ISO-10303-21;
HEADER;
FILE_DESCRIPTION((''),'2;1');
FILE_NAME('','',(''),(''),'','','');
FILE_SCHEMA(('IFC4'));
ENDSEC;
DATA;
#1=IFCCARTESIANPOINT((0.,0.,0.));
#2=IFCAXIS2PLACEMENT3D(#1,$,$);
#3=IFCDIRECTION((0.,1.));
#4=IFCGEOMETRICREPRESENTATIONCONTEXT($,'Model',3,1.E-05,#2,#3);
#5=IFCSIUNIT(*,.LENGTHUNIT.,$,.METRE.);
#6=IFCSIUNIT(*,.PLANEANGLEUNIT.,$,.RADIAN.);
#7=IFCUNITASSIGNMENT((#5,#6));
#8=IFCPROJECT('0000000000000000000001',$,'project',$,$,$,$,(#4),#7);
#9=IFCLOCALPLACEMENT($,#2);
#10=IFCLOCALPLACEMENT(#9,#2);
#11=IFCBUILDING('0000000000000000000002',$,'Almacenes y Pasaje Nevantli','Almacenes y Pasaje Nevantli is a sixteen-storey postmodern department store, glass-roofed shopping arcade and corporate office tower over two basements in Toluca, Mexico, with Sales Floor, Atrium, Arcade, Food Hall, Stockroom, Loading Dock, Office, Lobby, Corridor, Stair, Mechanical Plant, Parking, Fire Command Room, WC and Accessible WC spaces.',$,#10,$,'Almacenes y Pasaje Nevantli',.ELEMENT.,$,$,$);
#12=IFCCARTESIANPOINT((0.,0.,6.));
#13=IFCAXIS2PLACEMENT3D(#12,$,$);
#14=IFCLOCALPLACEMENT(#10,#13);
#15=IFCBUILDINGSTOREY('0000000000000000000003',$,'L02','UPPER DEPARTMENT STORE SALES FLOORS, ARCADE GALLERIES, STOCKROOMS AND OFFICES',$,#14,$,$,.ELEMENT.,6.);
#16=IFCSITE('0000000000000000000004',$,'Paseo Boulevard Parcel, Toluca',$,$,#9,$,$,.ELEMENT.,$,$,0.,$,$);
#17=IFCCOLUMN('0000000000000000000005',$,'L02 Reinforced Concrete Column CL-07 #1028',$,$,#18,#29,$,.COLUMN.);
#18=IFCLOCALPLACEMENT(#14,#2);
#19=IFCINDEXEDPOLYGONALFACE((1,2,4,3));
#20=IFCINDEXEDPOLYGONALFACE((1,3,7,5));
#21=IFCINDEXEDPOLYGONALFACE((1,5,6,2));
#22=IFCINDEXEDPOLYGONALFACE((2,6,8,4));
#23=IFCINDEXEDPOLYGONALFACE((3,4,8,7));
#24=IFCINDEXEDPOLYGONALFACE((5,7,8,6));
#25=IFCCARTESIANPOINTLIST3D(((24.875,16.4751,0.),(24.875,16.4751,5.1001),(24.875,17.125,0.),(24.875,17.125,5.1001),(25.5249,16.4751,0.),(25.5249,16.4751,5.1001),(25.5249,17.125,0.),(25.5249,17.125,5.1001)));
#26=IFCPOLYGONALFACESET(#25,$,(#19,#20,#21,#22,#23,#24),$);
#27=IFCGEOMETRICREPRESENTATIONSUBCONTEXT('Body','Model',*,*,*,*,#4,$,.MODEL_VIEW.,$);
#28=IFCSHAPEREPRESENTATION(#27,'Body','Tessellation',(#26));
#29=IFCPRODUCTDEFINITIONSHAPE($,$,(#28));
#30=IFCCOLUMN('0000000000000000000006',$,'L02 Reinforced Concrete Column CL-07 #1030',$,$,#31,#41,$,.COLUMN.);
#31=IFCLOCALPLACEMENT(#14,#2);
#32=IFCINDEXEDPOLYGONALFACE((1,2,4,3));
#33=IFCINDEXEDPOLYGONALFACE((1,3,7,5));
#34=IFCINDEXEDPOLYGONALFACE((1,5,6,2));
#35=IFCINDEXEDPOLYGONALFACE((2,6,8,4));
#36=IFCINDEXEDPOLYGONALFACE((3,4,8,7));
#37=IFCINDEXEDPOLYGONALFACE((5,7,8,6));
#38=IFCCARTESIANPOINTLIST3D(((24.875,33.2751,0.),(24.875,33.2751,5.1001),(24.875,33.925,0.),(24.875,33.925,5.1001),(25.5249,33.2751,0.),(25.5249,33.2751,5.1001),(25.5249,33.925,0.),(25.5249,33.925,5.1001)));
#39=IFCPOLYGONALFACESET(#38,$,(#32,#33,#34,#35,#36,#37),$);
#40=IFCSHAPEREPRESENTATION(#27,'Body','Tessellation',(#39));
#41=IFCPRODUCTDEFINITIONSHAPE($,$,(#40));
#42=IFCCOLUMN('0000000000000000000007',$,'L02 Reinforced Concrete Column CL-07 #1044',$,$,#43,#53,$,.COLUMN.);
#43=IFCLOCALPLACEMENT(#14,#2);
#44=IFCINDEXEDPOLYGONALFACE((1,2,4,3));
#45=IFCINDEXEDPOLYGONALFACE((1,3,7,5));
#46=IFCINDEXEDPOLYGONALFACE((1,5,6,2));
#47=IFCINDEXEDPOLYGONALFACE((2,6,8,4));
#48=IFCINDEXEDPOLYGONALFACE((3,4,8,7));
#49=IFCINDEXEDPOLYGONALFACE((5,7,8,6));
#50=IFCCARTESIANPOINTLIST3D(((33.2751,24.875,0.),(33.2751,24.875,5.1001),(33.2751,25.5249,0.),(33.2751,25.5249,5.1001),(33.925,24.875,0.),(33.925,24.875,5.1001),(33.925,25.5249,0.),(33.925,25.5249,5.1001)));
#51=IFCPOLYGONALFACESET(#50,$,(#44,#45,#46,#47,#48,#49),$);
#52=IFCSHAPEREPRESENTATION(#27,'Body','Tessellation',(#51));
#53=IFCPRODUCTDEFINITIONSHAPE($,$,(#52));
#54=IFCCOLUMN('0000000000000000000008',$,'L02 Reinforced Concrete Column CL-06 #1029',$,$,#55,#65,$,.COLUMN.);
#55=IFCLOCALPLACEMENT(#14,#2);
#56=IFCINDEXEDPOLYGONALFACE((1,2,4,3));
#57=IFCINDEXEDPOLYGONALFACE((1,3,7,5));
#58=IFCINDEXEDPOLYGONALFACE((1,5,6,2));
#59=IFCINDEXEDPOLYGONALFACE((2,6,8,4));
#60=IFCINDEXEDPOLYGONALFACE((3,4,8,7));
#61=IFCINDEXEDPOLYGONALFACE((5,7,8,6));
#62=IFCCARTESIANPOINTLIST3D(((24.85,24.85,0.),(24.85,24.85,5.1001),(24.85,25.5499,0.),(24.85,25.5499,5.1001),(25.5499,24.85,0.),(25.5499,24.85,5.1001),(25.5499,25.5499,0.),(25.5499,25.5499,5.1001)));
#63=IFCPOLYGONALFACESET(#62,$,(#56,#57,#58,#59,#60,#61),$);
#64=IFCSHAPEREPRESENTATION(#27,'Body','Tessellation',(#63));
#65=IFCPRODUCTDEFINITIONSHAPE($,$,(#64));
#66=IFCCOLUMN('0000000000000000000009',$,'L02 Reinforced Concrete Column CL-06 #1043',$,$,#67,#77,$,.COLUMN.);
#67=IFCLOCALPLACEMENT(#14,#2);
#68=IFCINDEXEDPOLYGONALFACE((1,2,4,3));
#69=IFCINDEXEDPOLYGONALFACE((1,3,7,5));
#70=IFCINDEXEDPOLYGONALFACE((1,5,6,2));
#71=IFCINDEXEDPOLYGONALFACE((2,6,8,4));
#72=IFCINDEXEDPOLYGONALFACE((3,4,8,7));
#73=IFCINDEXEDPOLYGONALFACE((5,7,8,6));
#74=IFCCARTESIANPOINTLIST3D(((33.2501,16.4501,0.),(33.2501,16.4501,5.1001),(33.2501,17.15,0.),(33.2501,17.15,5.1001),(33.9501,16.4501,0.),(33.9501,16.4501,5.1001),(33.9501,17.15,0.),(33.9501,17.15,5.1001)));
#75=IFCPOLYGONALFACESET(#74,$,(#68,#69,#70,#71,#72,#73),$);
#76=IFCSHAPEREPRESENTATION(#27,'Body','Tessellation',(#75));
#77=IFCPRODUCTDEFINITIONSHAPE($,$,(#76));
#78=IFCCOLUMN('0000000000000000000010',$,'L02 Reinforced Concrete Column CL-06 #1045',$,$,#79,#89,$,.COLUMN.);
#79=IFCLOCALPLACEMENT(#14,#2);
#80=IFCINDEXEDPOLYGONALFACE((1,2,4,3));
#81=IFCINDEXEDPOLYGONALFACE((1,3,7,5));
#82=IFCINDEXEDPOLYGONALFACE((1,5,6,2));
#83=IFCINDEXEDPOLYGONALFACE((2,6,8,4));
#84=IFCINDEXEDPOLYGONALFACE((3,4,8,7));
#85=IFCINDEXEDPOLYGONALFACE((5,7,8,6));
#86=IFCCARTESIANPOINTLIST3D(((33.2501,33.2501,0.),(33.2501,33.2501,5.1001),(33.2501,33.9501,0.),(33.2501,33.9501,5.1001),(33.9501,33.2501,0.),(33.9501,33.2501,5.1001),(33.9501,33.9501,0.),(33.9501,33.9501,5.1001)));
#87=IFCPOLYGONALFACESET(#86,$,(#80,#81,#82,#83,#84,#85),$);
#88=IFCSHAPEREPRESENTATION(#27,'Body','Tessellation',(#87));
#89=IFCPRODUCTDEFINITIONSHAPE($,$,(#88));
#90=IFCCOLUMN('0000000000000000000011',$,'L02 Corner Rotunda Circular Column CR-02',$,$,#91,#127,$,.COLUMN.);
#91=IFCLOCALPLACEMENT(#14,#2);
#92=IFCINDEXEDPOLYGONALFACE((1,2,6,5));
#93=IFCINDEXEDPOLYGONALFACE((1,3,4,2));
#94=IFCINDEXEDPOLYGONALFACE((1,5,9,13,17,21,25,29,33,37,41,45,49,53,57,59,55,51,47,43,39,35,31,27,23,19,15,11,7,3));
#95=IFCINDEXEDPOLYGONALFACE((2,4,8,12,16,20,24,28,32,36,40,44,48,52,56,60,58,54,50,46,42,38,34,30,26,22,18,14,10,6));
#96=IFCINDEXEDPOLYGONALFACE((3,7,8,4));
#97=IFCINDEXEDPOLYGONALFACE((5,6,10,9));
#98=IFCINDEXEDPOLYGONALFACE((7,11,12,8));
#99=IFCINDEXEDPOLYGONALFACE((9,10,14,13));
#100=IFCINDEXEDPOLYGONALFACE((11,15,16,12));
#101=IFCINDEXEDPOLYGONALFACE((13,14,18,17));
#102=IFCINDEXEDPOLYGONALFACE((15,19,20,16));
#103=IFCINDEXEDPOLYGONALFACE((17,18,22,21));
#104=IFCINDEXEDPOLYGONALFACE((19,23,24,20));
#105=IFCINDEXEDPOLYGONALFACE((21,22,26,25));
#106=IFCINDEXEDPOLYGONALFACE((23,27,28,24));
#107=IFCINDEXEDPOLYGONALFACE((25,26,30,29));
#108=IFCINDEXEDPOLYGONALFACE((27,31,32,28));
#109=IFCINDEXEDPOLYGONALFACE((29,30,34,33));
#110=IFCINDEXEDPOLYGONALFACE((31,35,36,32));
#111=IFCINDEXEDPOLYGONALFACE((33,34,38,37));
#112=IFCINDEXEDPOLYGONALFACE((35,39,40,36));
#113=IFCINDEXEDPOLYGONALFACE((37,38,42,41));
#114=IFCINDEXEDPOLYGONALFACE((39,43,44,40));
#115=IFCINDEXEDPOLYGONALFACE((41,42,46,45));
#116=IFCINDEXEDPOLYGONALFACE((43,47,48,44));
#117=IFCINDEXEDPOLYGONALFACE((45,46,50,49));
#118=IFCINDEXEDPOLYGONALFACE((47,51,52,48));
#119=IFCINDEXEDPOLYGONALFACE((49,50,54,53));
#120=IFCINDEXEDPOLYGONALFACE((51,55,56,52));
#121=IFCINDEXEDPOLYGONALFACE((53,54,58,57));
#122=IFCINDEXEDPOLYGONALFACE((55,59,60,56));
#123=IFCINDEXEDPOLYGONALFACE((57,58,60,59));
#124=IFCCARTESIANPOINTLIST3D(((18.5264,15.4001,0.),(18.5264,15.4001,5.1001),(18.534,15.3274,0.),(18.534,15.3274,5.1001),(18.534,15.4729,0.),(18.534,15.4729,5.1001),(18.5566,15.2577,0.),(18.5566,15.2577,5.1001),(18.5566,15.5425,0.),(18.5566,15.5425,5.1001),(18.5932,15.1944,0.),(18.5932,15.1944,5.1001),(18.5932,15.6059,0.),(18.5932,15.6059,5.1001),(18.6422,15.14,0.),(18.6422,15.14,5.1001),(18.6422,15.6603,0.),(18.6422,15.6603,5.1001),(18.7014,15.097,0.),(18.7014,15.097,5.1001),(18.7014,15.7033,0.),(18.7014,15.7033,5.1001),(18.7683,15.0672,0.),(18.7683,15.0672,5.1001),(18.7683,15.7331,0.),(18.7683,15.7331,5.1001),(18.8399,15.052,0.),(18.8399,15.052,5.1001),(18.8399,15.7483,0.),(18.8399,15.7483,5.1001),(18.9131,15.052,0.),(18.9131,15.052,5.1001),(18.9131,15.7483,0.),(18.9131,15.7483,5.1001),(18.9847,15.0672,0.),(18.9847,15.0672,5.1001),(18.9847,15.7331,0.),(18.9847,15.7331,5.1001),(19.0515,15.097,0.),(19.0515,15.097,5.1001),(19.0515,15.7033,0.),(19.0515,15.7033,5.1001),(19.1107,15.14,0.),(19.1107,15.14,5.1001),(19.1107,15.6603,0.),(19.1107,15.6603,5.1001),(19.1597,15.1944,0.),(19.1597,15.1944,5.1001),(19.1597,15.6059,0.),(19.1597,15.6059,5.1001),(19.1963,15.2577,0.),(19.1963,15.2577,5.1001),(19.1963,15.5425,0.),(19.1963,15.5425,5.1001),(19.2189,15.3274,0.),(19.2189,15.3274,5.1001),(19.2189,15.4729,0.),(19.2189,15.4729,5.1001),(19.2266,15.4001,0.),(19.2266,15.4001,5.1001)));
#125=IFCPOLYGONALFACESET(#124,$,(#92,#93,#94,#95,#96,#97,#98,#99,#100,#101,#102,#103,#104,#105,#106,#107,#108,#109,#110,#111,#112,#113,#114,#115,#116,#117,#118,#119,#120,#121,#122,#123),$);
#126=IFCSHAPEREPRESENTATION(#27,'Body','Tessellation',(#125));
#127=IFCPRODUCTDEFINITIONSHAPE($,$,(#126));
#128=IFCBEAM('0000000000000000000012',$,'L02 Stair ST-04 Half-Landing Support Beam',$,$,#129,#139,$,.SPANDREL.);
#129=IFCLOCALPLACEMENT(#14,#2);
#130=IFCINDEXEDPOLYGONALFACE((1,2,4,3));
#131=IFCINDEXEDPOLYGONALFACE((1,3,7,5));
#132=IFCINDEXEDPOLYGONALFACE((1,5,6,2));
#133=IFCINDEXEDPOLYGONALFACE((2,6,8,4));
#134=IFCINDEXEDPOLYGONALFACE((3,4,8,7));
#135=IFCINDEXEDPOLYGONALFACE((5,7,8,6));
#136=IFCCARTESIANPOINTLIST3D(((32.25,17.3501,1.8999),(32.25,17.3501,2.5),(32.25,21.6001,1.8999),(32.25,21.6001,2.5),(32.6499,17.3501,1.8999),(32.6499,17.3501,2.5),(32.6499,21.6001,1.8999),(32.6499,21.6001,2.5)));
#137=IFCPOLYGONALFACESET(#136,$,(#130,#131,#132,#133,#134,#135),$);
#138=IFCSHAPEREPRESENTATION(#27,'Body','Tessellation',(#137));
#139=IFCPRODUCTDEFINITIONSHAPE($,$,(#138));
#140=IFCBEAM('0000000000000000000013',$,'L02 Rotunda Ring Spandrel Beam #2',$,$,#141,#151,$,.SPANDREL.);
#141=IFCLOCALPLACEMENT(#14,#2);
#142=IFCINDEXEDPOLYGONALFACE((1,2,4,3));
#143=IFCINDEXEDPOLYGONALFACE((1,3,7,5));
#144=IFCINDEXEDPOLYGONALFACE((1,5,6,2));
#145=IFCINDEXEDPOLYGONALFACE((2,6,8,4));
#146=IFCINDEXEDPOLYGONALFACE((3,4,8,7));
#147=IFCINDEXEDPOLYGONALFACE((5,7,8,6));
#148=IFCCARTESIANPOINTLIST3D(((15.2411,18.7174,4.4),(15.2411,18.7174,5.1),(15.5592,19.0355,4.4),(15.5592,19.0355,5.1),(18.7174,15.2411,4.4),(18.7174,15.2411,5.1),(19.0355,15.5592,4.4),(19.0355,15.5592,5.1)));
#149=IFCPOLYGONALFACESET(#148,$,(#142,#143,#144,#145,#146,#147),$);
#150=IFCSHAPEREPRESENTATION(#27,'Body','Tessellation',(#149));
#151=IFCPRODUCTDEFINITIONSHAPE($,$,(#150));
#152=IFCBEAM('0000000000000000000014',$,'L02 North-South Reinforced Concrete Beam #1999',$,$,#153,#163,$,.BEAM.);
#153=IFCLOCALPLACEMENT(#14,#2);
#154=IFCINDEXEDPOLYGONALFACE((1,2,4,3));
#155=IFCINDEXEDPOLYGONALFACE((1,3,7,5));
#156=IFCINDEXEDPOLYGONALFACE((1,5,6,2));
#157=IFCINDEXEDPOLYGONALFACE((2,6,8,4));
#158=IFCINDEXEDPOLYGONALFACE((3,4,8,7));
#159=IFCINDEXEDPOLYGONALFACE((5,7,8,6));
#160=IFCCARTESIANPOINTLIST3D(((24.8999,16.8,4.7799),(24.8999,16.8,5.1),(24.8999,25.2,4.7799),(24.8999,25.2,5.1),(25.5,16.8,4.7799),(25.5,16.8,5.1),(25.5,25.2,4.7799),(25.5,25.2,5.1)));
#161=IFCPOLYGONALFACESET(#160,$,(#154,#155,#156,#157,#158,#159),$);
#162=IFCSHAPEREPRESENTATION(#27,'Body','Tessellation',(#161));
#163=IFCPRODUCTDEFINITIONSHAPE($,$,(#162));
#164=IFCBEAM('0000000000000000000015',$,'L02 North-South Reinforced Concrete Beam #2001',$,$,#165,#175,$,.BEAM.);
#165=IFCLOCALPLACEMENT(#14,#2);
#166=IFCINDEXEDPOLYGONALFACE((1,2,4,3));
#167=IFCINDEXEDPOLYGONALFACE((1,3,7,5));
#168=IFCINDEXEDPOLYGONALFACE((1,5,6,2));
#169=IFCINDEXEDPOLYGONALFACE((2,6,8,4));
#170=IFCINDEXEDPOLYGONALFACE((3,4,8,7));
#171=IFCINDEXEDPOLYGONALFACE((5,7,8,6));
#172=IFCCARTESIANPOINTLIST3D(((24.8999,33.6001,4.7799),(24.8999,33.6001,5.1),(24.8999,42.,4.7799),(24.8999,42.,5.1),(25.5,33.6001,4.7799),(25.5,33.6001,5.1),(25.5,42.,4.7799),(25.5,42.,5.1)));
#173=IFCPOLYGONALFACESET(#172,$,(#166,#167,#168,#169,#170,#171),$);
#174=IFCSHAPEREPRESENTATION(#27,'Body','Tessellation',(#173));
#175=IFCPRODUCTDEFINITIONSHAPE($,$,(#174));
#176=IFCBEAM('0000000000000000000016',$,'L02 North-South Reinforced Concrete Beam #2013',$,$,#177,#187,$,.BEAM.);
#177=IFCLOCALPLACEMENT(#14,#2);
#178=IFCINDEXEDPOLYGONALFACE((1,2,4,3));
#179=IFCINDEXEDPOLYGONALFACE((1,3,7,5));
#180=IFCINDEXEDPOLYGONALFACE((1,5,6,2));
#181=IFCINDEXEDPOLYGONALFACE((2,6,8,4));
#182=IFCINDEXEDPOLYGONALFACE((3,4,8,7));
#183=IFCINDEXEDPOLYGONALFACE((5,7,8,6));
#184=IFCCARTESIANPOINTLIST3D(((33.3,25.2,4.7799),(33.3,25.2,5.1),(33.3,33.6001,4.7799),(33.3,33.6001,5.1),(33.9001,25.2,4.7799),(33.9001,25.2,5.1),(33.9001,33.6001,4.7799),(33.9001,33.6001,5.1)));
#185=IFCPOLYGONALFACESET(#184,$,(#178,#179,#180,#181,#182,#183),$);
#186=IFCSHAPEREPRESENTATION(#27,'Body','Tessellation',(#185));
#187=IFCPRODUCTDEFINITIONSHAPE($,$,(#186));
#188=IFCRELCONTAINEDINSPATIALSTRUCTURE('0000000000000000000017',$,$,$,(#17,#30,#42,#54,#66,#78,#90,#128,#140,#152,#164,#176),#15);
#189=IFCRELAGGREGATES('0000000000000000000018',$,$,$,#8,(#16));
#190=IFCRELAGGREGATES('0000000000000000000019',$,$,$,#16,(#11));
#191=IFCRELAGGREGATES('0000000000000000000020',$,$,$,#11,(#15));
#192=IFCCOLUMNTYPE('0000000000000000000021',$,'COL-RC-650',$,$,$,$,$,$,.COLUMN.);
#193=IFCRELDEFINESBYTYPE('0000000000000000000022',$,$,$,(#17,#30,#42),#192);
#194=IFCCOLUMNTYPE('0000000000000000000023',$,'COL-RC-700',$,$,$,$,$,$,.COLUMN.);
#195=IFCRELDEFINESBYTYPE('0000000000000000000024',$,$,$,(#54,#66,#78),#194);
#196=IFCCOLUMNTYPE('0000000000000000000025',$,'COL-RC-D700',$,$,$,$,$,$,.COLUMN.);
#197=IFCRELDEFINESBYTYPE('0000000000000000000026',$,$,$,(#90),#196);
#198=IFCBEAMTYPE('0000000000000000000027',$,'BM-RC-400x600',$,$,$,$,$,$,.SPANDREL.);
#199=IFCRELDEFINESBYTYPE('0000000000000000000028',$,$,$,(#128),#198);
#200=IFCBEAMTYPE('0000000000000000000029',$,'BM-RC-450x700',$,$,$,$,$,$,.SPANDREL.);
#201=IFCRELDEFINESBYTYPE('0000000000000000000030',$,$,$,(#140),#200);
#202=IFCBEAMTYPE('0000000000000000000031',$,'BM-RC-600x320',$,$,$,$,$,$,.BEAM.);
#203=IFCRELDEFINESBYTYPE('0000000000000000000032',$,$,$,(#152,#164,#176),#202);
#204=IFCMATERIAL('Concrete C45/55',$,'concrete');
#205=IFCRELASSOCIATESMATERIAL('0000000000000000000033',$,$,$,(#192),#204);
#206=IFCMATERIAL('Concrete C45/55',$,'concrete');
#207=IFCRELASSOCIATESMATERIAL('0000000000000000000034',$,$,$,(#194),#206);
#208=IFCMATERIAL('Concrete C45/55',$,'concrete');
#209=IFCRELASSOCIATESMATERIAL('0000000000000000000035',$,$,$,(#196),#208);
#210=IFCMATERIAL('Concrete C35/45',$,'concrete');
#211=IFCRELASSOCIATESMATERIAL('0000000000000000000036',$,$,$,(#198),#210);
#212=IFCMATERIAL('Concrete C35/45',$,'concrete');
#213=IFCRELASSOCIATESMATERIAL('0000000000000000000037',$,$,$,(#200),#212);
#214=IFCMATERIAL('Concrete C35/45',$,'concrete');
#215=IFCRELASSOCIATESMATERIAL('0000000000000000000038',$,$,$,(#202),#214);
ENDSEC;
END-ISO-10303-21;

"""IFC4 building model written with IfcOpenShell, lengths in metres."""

from ifc_helpers import new_model, si_unit, direction, frame, origin, origin_2d, place, context, subcontext, project, spatial, rectangle, circle, extrude, material, material_profile, profile_set, type_object, element, save


model = new_model("IFC4")

# Units and contexts
model_context = context("Model", 3, precision=1e-05, world=origin(), true_north=direction((0.0, 1.0)))
body_context = subcontext(model_context, "Body", "Model", "MODEL_VIEW")
ifc_project = project(units=[si_unit("LENGTHUNIT", "METRE"), si_unit("PLANEANGLEUNIT", "RADIAN")], contexts=[model_context])

# Site, building, storey
site_placement = place(None, origin())
site = spatial("IfcSite", under=ifc_project, at=site_placement, Name="Paseo Boulevard Parcel, Toluca", CompositionType="ELEMENT", RefElevation=0.0)
building_placement = place(site_placement, origin())
building = spatial("IfcBuilding", under=site, at=building_placement, Name="Almacenes y Pasaje Nevantli", Description="Almacenes y Pasaje Nevantli is a sixteen-storey postmodern department store, glass-roofed shopping arcade and corporate office tower over two basements in Toluca, Mexico, with Sales Floor, Atrium, Arcade, Food Hall, Stockroom, Loading Dock, Office, Lobby, Corridor, Stair, Mechanical Plant, Parking, Fire Command Room, WC and Accessible WC spaces.", LongName="Almacenes y Pasaje Nevantli", CompositionType="ELEMENT")
storey_placement = place(building_placement, frame((0.0, 0.0, 6.0)))
storey = spatial("IfcBuildingStorey", under=building, at=storey_placement, Name="L02", Description="UPPER DEPARTMENT STORE SALES FLOORS, ARCADE GALLERIES, STOCKROOMS AND OFFICES", CompositionType="ELEMENT", Elevation=6.0)

# Columns
ifc_material_1 = material(Name="Concrete C45/55", Category="concrete")
ifc_material_profile_1 = material_profile(ifc_material_1, rectangle(XDim=0.6499, YDim=0.6499, at=origin_2d()), Name="RC-COL-650x650")
ifc_profile_set_1 = profile_set([ifc_material_profile_1], Name="Concrete C45/55")
column_type_1 = type_object("IfcColumnType", Name="COL-RC-650", PredefinedType="COLUMN", material=ifc_profile_set_1)
for number, where, z_axis, x_axis, name in (
    (1, (25.2, 16.8, 0.0), (0.0, 0.0, 1.0), (1.0, 0.0, 0.0), "L02 Reinforced Concrete Column CL-07 #1028"),
    (2, (25.2, 33.6001, 0.0), (0.0, 0.0, 1.0), (1.0, 0.0, 0.0), "L02 Reinforced Concrete Column CL-07 #1030"),
    (3, (33.6001, 25.2, 0.0), (0.0, 0.0, 1.0), (1.0, 0.0, 0.0), "L02 Reinforced Concrete Column CL-07 #1044"),
):
    element("IfcColumn", number, at=place(storey_placement, frame(where, z_axis=z_axis, x_axis=x_axis)), inside=storey, type_object=column_type_1, Name=name, PredefinedType="COLUMN", context=body_context, shape_type="SweptSolid", body=[
        extrude(rectangle(XDim=0.6499, YDim=0.6499, at=origin_2d()), origin(), (0.0, 0.0, 1.0), 5.1001),
    ])
ifc_material_2 = material(Name="Concrete C45/55", Category="concrete")
ifc_material_profile_2 = material_profile(ifc_material_2, rectangle(XDim=0.7, YDim=0.7, at=origin_2d()), Name="RC-COL-700x700")
ifc_profile_set_2 = profile_set([ifc_material_profile_2], Name="Concrete C45/55")
column_type_2 = type_object("IfcColumnType", Name="COL-RC-700", PredefinedType="COLUMN", material=ifc_profile_set_2)
for number, where, z_axis, x_axis, name in (
    (4, (25.2, 25.2, 0.0), (0.0, 0.0, 1.0), (1.0, 0.0, 0.0), "L02 Reinforced Concrete Column CL-06 #1029"),
    (5, (33.6001, 16.8, 0.0), (0.0, 0.0, 1.0), (1.0, 0.0, 0.0), "L02 Reinforced Concrete Column CL-06 #1043"),
    (6, (33.6001, 33.6001, 0.0), (0.0, 0.0, 1.0), (1.0, 0.0, 0.0), "L02 Reinforced Concrete Column CL-06 #1045"),
):
    element("IfcColumn", number, at=place(storey_placement, frame(where, z_axis=z_axis, x_axis=x_axis)), inside=storey, type_object=column_type_2, Name=name, PredefinedType="COLUMN", context=body_context, shape_type="SweptSolid", body=[
        extrude(rectangle(XDim=0.7, YDim=0.7, at=origin_2d()), origin(), (0.0, 0.0, 1.0), 5.1001),
    ])
ifc_material_3 = material(Name="Concrete C45/55", Category="concrete")
ifc_material_profile_3 = material_profile(ifc_material_3, circle(Radius=0.3501, at=origin_2d()), Name="RC-COL-D700")
ifc_profile_set_3 = profile_set([ifc_material_profile_3], Name="Concrete C45/55")
column_type_3 = type_object("IfcColumnType", Name="COL-RC-D700", PredefinedType="COLUMN", material=ifc_profile_set_3)
column_placement = place(storey_placement, frame((18.8765, 15.4001, 0.0), z_axis=(0.0, 0.0, 1.0), x_axis=(1.0, 0.0, 0.0)))
element("IfcColumn", 7, at=column_placement, inside=storey, type_object=column_type_3, Name="L02 Corner Rotunda Circular Column CR-02", PredefinedType="COLUMN", context=body_context, shape_type="SweptSolid", body=[
    extrude(circle(Radius=0.3501, at=origin_2d()), origin(), (0.0, 0.0, 1.0), 5.1001),
])

# Beams
ifc_material_4 = material(Name="Concrete C35/45", Category="concrete")
ifc_material_profile_4 = material_profile(ifc_material_4, rectangle(XDim=0.3999, YDim=0.6001, at=origin_2d()), Name="RC-BM-400x600")
ifc_profile_set_4 = profile_set([ifc_material_profile_4], Name="Concrete C35/45")
beam_type_1 = type_object("IfcBeamType", Name="BM-RC-400x600", PredefinedType="SPANDREL", material=ifc_profile_set_4)
beam_1_placement = place(storey_placement, frame((32.45, 17.3501, 2.2), z_axis=(0.0, 1.0, 0.0), x_axis=(-1.0, 0.0, 0.0)))
element("IfcBeam", 8, at=beam_1_placement, inside=storey, type_object=beam_type_1, Name="L02 Stair ST-04 Half-Landing Support Beam", PredefinedType="SPANDREL", context=body_context, shape_type="SweptSolid", body=[
    extrude(rectangle(XDim=0.3999, YDim=0.6001, at=origin_2d()), origin(), (0.0, 0.0, 1.0), 4.25),
])
ifc_material_5 = material(Name="Concrete C35/45", Category="concrete")
ifc_material_profile_5 = material_profile(ifc_material_5, rectangle(XDim=0.45, YDim=0.7, at=origin_2d()), Name="RC-BM-450x700")
ifc_profile_set_5 = profile_set([ifc_material_profile_5], Name="Concrete C35/45")
beam_type_2 = type_object("IfcBeamType", Name="BM-RC-450x700", PredefinedType="SPANDREL", material=ifc_profile_set_5)
beam_2_placement = place(storey_placement, frame((18.8765, 15.4001, 4.75), z_axis=(-0.707107, 0.707107, 0.0), x_axis=(-0.707107, -0.707107, 0.0)))
element("IfcBeam", 9, at=beam_2_placement, inside=storey, type_object=beam_type_2, Name="L02 Rotunda Ring Spandrel Beam #2", PredefinedType="SPANDREL", context=body_context, shape_type="SweptSolid", body=[
    extrude(rectangle(XDim=0.45, YDim=0.7, at=origin_2d()), origin(), (0.0, 0.0, 1.0), 4.9163),
])
ifc_material_6 = material(Name="Concrete C35/45", Category="concrete")
ifc_material_profile_6 = material_profile(ifc_material_6, rectangle(XDim=0.6001, YDim=0.3201, at=origin_2d()), Name="RC-BM-600x320")
ifc_profile_set_6 = profile_set([ifc_material_profile_6], Name="Concrete C35/45")
beam_type_3 = type_object("IfcBeamType", Name="BM-RC-600x320", PredefinedType="BEAM", material=ifc_profile_set_6)
for number, where, z_axis, x_axis, name in (
    (10, (25.2, 16.8, 4.9399), (0.0, 1.0, 0.0), (-1.0, 0.0, 0.0), "L02 North-South Reinforced Concrete Beam #1999"),
    (11, (25.2, 33.6001, 4.9399), (0.0, 1.0, 0.0), (-1.0, 0.0, 0.0), "L02 North-South Reinforced Concrete Beam #2001"),
):
    element("IfcBeam", number, at=place(storey_placement, frame(where, z_axis=z_axis, x_axis=x_axis)), inside=storey, type_object=beam_type_3, Name=name, PredefinedType="BEAM", context=body_context, shape_type="SweptSolid", body=[
        extrude(rectangle(XDim=0.6001, YDim=0.3201, at=origin_2d()), origin(), (0.0, 0.0, 1.0), 8.3999),
    ])
beam_3_placement = place(storey_placement, frame((33.6001, 25.2, 4.9399), z_axis=(0.0, 1.0, 0.0), x_axis=(-1.0, 0.0, 0.0)))
element("IfcBeam", 12, at=beam_3_placement, inside=storey, type_object=beam_type_3, Name="L02 North-South Reinforced Concrete Beam #2013", PredefinedType="BEAM", context=body_context, shape_type="SweptSolid", body=[
    extrude(rectangle(XDim=0.6001, YDim=0.3201, at=origin_2d()), origin(), (0.0, 0.0, 1.0), 8.4001),
])

save(model, "model.ifc")
